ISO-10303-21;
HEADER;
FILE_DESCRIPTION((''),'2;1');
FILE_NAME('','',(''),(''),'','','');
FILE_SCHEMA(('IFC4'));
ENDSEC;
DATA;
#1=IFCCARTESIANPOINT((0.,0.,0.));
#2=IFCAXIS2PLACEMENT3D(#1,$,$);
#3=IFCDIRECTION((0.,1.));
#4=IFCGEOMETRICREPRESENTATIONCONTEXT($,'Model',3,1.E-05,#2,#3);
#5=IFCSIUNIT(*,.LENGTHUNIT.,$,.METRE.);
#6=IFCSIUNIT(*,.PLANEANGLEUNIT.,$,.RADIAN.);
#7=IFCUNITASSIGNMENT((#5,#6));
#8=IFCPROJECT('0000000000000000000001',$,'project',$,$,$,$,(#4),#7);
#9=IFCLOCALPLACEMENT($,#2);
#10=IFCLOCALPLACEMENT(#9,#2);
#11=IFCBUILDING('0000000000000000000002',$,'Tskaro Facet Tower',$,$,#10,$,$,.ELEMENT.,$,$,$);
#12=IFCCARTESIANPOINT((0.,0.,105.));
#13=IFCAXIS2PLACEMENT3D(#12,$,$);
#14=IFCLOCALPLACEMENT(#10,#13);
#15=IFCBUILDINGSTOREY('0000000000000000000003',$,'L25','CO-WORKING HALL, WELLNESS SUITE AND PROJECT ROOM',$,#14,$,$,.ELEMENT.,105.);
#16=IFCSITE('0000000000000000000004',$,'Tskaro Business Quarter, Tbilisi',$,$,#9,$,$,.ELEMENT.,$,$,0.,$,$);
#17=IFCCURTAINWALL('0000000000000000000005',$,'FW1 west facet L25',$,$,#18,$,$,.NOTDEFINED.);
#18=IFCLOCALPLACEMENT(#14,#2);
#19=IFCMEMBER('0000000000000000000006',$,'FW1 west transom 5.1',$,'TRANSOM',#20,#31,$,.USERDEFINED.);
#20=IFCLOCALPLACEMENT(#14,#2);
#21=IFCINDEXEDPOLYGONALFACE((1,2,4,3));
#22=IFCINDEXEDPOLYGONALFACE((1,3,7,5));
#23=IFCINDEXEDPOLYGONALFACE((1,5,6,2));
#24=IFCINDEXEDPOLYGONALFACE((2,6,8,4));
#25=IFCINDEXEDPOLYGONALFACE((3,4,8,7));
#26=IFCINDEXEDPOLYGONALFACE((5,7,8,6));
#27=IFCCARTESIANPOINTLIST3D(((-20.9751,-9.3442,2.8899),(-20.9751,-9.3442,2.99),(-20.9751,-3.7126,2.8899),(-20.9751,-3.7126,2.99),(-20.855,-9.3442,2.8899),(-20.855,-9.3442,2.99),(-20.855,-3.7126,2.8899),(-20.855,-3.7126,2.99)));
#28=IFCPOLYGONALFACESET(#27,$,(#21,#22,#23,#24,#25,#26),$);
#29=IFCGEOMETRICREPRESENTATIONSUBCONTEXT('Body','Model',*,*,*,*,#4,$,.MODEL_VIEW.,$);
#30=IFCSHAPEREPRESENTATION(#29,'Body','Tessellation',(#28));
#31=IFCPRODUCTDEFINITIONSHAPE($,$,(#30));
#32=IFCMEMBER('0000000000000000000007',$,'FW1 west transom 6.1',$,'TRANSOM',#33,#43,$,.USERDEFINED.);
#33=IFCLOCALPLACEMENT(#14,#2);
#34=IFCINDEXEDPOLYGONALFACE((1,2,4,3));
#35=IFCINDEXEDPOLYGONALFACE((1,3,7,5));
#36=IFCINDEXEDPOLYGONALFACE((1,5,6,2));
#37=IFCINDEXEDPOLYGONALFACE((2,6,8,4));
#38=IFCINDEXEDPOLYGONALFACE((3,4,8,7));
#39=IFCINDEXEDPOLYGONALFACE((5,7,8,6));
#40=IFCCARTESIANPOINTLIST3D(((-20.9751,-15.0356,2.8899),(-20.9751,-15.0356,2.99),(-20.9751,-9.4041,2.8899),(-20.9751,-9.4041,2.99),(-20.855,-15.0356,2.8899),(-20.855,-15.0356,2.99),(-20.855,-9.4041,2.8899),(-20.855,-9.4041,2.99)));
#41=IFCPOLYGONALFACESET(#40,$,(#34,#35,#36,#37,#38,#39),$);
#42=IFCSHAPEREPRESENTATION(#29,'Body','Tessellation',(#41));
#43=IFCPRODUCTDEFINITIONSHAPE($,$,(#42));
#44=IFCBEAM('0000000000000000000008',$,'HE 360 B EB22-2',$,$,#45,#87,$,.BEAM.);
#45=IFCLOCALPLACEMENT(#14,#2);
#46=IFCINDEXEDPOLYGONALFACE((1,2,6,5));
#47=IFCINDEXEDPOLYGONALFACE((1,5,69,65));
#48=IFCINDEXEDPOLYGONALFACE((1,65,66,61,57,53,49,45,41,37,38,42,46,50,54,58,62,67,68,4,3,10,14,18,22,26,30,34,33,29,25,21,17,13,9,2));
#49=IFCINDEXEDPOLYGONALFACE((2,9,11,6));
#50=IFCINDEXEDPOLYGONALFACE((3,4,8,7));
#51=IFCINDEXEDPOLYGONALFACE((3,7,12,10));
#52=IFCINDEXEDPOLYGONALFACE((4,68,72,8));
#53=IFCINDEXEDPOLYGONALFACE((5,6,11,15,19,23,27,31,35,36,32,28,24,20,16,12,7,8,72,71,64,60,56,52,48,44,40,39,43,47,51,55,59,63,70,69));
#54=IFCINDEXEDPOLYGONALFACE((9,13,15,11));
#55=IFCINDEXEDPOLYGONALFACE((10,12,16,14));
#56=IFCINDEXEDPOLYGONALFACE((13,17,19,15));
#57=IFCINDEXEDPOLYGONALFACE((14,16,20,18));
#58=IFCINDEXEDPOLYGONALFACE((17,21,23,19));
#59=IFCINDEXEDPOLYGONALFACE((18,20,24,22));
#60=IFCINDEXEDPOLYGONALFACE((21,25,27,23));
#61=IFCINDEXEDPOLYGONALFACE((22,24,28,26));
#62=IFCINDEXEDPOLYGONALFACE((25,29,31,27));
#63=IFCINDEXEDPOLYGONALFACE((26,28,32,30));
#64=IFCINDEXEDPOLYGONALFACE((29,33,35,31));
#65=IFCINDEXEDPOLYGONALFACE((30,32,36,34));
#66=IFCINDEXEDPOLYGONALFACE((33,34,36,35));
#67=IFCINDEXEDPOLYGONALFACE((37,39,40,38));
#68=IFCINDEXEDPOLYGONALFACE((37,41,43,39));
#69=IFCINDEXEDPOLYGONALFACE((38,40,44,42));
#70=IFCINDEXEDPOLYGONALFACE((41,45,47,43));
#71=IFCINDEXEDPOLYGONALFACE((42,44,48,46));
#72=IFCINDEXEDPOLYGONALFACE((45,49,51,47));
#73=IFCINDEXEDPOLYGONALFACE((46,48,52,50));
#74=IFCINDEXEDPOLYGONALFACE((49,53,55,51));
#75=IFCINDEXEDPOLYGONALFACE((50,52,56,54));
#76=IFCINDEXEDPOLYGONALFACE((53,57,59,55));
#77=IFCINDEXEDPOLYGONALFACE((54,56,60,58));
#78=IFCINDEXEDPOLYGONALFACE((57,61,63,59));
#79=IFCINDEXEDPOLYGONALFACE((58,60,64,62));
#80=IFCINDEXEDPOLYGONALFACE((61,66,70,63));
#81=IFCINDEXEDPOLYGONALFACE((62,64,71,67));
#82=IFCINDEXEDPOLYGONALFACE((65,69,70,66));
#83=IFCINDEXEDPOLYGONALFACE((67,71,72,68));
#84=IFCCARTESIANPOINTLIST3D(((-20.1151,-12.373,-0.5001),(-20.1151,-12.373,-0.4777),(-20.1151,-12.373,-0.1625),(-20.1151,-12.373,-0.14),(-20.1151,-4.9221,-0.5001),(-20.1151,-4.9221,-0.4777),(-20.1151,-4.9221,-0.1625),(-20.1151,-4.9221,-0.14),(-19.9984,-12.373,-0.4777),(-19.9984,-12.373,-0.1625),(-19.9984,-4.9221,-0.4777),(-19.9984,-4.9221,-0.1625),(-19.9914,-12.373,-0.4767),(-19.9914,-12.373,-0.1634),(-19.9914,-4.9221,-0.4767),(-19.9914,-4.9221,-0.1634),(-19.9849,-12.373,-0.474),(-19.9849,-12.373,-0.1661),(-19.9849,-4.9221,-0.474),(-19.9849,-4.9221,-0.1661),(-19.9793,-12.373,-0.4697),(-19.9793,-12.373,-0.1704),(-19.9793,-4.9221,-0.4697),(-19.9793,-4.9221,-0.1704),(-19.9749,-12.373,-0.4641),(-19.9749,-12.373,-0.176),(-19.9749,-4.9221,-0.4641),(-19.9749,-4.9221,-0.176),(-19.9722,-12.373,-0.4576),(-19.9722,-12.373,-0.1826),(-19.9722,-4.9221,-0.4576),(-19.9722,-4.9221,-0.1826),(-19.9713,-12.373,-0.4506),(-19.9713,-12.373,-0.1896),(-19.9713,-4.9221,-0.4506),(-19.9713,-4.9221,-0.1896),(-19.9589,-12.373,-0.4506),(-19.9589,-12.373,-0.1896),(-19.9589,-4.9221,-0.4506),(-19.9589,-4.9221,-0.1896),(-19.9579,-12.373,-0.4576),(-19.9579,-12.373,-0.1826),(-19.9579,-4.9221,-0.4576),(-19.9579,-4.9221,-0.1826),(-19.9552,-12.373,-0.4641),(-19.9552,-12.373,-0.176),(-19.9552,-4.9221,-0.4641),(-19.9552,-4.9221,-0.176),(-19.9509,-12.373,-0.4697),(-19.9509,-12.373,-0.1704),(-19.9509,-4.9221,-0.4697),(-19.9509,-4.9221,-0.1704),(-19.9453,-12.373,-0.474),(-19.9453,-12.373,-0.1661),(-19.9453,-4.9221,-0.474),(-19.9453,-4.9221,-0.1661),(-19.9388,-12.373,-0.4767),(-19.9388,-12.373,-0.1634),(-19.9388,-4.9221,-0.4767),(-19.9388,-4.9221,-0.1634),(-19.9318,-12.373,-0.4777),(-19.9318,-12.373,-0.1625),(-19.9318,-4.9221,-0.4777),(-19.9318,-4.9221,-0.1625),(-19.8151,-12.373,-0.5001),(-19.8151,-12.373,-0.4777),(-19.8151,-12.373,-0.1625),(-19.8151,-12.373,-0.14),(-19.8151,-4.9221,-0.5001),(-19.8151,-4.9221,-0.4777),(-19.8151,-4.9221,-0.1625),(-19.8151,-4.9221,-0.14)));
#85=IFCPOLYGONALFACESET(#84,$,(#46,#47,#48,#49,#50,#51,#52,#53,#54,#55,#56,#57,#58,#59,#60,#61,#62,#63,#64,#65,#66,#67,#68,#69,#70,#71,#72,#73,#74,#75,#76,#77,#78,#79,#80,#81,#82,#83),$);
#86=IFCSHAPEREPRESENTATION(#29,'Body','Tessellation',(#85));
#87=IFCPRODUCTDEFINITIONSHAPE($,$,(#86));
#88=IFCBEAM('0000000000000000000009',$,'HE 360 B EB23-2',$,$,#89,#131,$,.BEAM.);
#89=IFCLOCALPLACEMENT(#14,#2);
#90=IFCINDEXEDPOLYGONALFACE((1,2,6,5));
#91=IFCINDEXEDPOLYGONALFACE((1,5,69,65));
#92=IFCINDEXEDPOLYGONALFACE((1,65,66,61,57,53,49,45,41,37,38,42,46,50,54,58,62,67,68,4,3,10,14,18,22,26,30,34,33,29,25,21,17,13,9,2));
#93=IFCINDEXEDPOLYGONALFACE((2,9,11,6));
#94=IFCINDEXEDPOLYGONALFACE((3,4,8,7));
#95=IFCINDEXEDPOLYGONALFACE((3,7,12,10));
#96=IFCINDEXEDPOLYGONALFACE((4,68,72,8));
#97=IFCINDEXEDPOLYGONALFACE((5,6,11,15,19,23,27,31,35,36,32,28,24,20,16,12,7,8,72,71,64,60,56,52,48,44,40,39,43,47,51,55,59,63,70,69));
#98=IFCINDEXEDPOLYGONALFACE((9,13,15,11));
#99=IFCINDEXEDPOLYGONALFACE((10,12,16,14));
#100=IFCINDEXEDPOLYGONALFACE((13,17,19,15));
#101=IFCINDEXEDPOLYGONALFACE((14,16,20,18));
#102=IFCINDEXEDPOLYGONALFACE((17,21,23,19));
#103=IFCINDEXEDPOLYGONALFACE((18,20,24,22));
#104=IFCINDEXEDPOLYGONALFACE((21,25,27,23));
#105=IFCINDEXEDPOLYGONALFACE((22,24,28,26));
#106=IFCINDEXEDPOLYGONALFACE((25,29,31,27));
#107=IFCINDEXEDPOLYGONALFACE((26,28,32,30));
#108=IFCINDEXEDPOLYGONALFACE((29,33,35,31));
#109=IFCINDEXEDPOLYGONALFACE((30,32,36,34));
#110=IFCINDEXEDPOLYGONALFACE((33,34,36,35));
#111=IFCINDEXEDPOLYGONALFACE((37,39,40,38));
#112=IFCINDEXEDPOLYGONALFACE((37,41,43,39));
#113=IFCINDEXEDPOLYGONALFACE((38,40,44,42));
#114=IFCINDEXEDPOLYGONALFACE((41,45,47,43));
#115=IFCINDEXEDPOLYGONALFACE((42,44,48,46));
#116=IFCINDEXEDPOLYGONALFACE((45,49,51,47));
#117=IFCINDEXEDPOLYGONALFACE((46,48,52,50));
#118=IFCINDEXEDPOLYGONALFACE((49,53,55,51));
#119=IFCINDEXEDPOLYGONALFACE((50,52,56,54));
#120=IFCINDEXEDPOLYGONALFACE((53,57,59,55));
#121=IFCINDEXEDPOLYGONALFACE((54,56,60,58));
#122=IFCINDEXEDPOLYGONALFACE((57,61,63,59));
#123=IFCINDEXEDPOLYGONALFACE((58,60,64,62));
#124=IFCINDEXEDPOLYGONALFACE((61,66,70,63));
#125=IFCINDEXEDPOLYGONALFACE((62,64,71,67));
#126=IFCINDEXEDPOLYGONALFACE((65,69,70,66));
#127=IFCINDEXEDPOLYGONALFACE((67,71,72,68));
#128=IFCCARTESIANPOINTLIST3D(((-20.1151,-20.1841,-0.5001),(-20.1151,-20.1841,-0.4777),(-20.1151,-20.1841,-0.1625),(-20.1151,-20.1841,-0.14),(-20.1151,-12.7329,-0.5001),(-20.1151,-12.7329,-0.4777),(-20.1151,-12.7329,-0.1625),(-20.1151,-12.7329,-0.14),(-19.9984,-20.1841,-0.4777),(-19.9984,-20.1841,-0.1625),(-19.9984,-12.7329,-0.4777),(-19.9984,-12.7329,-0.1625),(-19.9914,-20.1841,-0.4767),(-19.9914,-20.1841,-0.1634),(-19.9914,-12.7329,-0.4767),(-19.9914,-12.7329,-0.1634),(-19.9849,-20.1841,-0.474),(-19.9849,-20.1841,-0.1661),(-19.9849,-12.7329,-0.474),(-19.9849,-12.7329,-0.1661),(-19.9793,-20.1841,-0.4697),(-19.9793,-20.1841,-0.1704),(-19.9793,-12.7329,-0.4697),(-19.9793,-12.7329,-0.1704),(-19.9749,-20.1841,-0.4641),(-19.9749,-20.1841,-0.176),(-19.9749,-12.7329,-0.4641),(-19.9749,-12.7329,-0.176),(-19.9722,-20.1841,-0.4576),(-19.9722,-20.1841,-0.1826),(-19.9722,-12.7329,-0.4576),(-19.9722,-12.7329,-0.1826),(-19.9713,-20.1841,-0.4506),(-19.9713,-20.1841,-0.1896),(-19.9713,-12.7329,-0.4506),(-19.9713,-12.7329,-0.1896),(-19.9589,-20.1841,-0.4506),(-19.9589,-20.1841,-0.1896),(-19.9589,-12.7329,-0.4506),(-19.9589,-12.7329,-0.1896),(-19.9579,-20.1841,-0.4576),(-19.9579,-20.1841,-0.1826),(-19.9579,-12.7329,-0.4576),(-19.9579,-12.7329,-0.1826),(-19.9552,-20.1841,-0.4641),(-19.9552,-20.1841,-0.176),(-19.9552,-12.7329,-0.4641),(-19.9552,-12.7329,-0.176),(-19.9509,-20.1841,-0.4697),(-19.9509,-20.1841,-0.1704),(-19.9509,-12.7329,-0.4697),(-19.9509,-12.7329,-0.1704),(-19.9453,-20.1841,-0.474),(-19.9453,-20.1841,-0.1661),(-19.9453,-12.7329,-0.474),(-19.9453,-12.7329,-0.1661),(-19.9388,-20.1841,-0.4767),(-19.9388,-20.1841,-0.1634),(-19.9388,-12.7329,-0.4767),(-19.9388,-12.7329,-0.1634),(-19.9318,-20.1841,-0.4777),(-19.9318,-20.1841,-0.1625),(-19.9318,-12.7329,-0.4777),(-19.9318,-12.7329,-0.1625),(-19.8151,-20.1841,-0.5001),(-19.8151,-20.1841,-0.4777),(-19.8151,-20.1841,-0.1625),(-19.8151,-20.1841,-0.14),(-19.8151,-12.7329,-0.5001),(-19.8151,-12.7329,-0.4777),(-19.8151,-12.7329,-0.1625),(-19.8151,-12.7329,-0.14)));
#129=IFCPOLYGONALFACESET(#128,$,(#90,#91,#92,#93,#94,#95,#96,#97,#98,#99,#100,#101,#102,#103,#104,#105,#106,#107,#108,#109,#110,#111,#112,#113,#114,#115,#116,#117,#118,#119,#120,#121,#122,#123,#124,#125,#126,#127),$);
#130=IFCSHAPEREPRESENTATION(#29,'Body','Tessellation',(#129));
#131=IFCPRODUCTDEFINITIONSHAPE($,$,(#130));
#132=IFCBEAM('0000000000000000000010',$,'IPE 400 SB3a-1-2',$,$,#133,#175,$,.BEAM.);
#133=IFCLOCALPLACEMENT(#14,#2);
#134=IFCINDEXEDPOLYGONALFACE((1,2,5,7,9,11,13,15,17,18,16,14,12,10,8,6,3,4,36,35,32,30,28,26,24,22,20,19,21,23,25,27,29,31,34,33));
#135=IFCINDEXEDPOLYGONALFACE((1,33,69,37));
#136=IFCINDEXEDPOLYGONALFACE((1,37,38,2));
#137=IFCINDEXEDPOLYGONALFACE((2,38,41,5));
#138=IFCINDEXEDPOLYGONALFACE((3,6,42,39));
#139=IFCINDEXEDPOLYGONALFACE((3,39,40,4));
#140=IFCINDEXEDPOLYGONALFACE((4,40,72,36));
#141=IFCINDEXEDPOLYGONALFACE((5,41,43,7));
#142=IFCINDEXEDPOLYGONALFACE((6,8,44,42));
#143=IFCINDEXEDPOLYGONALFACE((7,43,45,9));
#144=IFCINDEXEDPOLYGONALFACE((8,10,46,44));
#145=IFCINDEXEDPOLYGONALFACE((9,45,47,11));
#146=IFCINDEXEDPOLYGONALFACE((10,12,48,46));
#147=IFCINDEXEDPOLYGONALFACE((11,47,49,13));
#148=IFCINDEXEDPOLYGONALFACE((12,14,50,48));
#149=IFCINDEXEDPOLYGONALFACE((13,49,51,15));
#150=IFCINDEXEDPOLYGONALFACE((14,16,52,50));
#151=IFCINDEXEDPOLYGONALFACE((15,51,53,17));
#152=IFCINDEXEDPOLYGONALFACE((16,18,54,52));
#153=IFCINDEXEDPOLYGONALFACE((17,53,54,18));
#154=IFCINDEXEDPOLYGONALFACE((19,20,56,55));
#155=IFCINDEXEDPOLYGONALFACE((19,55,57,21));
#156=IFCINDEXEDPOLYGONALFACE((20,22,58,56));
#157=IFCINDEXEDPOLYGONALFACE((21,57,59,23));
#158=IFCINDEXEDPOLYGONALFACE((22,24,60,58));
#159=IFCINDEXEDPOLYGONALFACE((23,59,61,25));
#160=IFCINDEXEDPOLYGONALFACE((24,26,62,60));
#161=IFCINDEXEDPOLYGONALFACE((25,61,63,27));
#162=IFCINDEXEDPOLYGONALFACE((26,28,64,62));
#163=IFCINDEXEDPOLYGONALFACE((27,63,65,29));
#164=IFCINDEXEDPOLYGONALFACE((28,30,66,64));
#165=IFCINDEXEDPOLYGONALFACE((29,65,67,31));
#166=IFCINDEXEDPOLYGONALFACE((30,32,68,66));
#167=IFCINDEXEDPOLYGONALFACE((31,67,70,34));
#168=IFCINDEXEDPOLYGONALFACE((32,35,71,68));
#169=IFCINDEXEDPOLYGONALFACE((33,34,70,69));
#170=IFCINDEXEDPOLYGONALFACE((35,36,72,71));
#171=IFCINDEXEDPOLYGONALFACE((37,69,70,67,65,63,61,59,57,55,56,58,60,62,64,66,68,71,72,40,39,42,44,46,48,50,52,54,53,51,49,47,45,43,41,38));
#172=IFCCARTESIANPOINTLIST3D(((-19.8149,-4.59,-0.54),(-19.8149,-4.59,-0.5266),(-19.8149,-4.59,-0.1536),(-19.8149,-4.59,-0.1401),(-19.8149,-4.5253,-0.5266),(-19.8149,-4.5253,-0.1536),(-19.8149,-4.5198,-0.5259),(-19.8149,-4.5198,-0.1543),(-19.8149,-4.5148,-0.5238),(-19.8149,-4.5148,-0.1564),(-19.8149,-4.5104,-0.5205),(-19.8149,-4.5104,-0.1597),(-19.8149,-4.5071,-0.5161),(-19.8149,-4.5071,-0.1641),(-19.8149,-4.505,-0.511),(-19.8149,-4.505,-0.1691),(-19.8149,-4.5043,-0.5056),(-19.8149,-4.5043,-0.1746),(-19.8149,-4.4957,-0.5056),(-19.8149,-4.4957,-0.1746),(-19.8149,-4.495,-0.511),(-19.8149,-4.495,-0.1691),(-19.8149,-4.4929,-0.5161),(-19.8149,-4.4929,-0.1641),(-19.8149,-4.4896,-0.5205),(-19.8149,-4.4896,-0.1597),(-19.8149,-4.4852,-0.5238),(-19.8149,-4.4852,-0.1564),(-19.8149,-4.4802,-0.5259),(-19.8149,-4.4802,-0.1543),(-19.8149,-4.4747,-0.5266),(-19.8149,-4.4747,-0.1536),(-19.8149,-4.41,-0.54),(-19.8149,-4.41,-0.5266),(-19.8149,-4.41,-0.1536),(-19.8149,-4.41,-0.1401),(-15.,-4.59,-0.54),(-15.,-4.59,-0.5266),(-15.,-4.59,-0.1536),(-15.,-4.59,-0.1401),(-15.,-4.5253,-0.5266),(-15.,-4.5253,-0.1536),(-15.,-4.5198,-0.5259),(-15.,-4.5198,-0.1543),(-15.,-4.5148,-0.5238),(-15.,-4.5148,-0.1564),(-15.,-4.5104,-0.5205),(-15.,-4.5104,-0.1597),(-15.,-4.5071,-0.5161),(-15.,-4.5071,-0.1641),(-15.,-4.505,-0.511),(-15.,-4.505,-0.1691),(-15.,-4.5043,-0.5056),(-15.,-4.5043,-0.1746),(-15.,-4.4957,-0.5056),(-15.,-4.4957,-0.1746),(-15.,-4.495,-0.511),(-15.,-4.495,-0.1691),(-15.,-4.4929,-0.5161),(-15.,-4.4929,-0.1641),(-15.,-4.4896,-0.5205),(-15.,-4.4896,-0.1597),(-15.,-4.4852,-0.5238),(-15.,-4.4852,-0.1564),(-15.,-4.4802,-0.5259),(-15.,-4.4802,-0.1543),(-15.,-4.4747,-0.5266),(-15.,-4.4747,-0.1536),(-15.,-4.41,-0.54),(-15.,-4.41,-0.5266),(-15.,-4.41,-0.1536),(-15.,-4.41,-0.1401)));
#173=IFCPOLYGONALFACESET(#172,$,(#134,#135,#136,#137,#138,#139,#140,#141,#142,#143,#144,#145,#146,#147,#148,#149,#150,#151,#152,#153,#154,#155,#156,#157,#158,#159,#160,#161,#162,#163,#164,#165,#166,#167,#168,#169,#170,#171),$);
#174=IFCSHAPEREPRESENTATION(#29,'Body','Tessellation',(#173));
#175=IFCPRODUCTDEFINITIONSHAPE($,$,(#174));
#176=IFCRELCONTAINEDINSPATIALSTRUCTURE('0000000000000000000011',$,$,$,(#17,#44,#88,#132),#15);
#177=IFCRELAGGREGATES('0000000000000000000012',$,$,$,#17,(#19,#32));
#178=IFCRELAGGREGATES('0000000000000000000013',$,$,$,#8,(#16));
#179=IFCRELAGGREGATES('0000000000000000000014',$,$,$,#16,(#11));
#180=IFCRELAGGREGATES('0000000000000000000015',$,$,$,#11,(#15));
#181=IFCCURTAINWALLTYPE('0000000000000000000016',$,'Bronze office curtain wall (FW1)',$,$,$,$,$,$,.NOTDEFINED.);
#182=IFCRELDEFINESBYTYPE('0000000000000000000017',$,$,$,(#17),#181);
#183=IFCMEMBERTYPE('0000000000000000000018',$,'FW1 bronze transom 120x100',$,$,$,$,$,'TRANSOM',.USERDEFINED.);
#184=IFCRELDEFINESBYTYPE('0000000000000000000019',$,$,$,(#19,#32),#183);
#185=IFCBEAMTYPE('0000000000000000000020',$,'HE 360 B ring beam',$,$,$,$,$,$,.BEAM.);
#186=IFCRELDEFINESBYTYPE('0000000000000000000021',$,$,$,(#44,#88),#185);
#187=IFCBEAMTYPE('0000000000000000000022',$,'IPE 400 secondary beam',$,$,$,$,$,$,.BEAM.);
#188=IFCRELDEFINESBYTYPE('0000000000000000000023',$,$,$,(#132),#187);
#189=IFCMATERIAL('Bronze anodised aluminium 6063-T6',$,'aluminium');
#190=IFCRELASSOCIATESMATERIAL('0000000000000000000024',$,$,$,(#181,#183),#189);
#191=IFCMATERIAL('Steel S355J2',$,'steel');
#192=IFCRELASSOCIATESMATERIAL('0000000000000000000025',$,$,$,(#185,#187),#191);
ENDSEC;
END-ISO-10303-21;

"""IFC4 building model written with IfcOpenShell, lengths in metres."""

from ifc_helpers import new_model, si_unit, direction, frame, origin, origin_2d, place, context, subcontext, project, spatial, rectangle, i_section, extrude, material, material_profile, profile_set, type_object, element, aggregate, save


model = new_model("IFC4")

# Units and contexts
model_context = context("Model", 3, precision=1e-05, world=origin(), true_north=direction((0.0, 1.0)))
body_context = subcontext(model_context, "Body", "Model", "MODEL_VIEW")
ifc_project = project(units=[si_unit("LENGTHUNIT", "METRE"), si_unit("PLANEANGLEUNIT", "RADIAN")], contexts=[model_context])

# Site, building, storey
site_placement = place(None, origin())
site = spatial("IfcSite", under=ifc_project, at=site_placement, Name="Tskaro Business Quarter, Tbilisi", CompositionType="ELEMENT", RefElevation=0.0)
building_placement = place(site_placement, origin())
building = spatial("IfcBuilding", under=site, at=building_placement, Name="Tskaro Facet Tower", CompositionType="ELEMENT")
storey_placement = place(building_placement, frame((0.0, 0.0, 105.0)))
storey = spatial("IfcBuildingStorey", under=building, at=storey_placement, Name="L25", Description="CO-WORKING HALL, WELLNESS SUITE AND PROJECT ROOM", CompositionType="ELEMENT", Elevation=105.0)

# Curtain wall, members
ifc_material_1 = material(Name="Bronze anodised aluminium 6063-T6", Category="aluminium")
curtain_wall_type = type_object("IfcCurtainWallType", Name="Bronze office curtain wall (FW1)", PredefinedType="NOTDEFINED", material=ifc_material_1)
curtain_wall_placement = place(storey_placement, origin())
curtain_wall = element("IfcCurtainWall", 1, at=curtain_wall_placement, inside=storey, type_object=curtain_wall_type, Name="FW1 west facet L25", PredefinedType="NOTDEFINED")
ifc_material_profile_1 = material_profile(ifc_material_1, rectangle(XDim=0.1201, YDim=0.1001, at=origin_2d()), Name="Transom 120x100")
ifc_profile_set_1 = profile_set([ifc_material_profile_1], Name="Bronze anodised aluminium 6063-T6")
member_type_1 = type_object("IfcMemberType", Name="FW1 bronze transom 120x100", ElementType="TRANSOM", PredefinedType="USERDEFINED", material=ifc_profile_set_1)
member_1_placement = place(storey_placement, frame((-20.915, -3.7126, 2.9399), z_axis=(0.0, -1.0, 0.0), x_axis=(1.0, 0.0, 0.0)))
member_1 = element("IfcMember", 2, at=member_1_placement, type_object=member_type_1, Name="FW1 west transom 5.1", ObjectType="TRANSOM", PredefinedType="USERDEFINED", context=body_context, shape_type="SweptSolid", body=[
    extrude(rectangle(XDim=0.1201, YDim=0.1001, at=origin_2d()), origin(), (0.0, 0.0, 1.0), 5.6316),
])
member_2_placement = place(storey_placement, frame((-20.915, -9.4041, 2.9399), z_axis=(0.0, -1.0, 0.0), x_axis=(1.0, 0.0, 0.0)))
member_2 = element("IfcMember", 3, at=member_2_placement, type_object=member_type_1, Name="FW1 west transom 6.1", ObjectType="TRANSOM", PredefinedType="USERDEFINED", context=body_context, shape_type="SweptSolid", body=[
    extrude(rectangle(XDim=0.1201, YDim=0.1001, at=origin_2d()), origin(), (0.0, 0.0, 1.0), 5.6316),
])

# Beams
ifc_material_2 = material(Name="Steel S355J2", Category="steel")
ifc_material_profile_2 = material_profile(ifc_material_2, i_section(OverallWidth=0.3, OverallDepth=0.3601, WebThickness=0.0125, FlangeThickness=0.0225, FilletRadius=0.0271, at=origin_2d()), Name="HE 360 B")
ifc_profile_set_2 = profile_set([ifc_material_profile_2], Name="Steel S355J2")
beam_type_1 = type_object("IfcBeamType", Name="HE 360 B ring beam", PredefinedType="BEAM", material=ifc_profile_set_2)
beam_1_placement = place(storey_placement, frame((-19.9651, -4.9221, -0.3201), z_axis=(0.0, -1.0, 0.0), x_axis=(1.0, 0.0, 0.0)))
element("IfcBeam", 4, at=beam_1_placement, inside=storey, type_object=beam_type_1, Name="HE 360 B EB22-2", PredefinedType="BEAM", context=body_context, shape_type="SweptSolid", body=[
    extrude(i_section(OverallWidth=0.3, OverallDepth=0.3601, WebThickness=0.0125, FlangeThickness=0.0225, FilletRadius=0.0271, at=origin_2d()), origin(), (0.0, 0.0, 1.0), 7.4509),
])
beam_2_placement = place(storey_placement, frame((-19.9651, -12.7329, -0.3201), z_axis=(0.0, -1.0, 0.0), x_axis=(1.0, 0.0, 0.0)))
element("IfcBeam", 5, at=beam_2_placement, inside=storey, type_object=beam_type_1, Name="HE 360 B EB23-2", PredefinedType="BEAM", context=body_context, shape_type="SweptSolid", body=[
    extrude(i_section(OverallWidth=0.3, OverallDepth=0.3601, WebThickness=0.0125, FlangeThickness=0.0225, FilletRadius=0.0271, at=origin_2d()), origin(), (0.0, 0.0, 1.0), 7.4512),
])
ifc_material_profile_3 = material_profile(ifc_material_2, i_section(OverallWidth=0.1799, OverallDepth=0.3999, WebThickness=0.0085, FlangeThickness=0.0134, FilletRadius=0.021, at=origin_2d()), Name="IPE 400")
ifc_profile_set_3 = profile_set([ifc_material_profile_3], Name="Steel S355J2")
beam_type_2 = type_object("IfcBeamType", Name="IPE 400 secondary beam", PredefinedType="BEAM", material=ifc_profile_set_3)
beam_3_placement = place(storey_placement, frame((-19.8149, -4.5, -0.3401), z_axis=(1.0, 0.0, 0.0), x_axis=(0.0, 1.0, 0.0)))
element("IfcBeam", 6, at=beam_3_placement, inside=storey, type_object=beam_type_2, Name="IPE 400 SB3a-1-2", PredefinedType="BEAM", context=body_context, shape_type="SweptSolid", body=[
    extrude(i_section(OverallWidth=0.1799, OverallDepth=0.3999, WebThickness=0.0085, FlangeThickness=0.0134, FilletRadius=0.021, at=origin_2d()), origin(), (0.0, 0.0, 1.0), 4.8149),
])

aggregate(curtain_wall, [member_1, member_2])

save(model, "model.ifc")
